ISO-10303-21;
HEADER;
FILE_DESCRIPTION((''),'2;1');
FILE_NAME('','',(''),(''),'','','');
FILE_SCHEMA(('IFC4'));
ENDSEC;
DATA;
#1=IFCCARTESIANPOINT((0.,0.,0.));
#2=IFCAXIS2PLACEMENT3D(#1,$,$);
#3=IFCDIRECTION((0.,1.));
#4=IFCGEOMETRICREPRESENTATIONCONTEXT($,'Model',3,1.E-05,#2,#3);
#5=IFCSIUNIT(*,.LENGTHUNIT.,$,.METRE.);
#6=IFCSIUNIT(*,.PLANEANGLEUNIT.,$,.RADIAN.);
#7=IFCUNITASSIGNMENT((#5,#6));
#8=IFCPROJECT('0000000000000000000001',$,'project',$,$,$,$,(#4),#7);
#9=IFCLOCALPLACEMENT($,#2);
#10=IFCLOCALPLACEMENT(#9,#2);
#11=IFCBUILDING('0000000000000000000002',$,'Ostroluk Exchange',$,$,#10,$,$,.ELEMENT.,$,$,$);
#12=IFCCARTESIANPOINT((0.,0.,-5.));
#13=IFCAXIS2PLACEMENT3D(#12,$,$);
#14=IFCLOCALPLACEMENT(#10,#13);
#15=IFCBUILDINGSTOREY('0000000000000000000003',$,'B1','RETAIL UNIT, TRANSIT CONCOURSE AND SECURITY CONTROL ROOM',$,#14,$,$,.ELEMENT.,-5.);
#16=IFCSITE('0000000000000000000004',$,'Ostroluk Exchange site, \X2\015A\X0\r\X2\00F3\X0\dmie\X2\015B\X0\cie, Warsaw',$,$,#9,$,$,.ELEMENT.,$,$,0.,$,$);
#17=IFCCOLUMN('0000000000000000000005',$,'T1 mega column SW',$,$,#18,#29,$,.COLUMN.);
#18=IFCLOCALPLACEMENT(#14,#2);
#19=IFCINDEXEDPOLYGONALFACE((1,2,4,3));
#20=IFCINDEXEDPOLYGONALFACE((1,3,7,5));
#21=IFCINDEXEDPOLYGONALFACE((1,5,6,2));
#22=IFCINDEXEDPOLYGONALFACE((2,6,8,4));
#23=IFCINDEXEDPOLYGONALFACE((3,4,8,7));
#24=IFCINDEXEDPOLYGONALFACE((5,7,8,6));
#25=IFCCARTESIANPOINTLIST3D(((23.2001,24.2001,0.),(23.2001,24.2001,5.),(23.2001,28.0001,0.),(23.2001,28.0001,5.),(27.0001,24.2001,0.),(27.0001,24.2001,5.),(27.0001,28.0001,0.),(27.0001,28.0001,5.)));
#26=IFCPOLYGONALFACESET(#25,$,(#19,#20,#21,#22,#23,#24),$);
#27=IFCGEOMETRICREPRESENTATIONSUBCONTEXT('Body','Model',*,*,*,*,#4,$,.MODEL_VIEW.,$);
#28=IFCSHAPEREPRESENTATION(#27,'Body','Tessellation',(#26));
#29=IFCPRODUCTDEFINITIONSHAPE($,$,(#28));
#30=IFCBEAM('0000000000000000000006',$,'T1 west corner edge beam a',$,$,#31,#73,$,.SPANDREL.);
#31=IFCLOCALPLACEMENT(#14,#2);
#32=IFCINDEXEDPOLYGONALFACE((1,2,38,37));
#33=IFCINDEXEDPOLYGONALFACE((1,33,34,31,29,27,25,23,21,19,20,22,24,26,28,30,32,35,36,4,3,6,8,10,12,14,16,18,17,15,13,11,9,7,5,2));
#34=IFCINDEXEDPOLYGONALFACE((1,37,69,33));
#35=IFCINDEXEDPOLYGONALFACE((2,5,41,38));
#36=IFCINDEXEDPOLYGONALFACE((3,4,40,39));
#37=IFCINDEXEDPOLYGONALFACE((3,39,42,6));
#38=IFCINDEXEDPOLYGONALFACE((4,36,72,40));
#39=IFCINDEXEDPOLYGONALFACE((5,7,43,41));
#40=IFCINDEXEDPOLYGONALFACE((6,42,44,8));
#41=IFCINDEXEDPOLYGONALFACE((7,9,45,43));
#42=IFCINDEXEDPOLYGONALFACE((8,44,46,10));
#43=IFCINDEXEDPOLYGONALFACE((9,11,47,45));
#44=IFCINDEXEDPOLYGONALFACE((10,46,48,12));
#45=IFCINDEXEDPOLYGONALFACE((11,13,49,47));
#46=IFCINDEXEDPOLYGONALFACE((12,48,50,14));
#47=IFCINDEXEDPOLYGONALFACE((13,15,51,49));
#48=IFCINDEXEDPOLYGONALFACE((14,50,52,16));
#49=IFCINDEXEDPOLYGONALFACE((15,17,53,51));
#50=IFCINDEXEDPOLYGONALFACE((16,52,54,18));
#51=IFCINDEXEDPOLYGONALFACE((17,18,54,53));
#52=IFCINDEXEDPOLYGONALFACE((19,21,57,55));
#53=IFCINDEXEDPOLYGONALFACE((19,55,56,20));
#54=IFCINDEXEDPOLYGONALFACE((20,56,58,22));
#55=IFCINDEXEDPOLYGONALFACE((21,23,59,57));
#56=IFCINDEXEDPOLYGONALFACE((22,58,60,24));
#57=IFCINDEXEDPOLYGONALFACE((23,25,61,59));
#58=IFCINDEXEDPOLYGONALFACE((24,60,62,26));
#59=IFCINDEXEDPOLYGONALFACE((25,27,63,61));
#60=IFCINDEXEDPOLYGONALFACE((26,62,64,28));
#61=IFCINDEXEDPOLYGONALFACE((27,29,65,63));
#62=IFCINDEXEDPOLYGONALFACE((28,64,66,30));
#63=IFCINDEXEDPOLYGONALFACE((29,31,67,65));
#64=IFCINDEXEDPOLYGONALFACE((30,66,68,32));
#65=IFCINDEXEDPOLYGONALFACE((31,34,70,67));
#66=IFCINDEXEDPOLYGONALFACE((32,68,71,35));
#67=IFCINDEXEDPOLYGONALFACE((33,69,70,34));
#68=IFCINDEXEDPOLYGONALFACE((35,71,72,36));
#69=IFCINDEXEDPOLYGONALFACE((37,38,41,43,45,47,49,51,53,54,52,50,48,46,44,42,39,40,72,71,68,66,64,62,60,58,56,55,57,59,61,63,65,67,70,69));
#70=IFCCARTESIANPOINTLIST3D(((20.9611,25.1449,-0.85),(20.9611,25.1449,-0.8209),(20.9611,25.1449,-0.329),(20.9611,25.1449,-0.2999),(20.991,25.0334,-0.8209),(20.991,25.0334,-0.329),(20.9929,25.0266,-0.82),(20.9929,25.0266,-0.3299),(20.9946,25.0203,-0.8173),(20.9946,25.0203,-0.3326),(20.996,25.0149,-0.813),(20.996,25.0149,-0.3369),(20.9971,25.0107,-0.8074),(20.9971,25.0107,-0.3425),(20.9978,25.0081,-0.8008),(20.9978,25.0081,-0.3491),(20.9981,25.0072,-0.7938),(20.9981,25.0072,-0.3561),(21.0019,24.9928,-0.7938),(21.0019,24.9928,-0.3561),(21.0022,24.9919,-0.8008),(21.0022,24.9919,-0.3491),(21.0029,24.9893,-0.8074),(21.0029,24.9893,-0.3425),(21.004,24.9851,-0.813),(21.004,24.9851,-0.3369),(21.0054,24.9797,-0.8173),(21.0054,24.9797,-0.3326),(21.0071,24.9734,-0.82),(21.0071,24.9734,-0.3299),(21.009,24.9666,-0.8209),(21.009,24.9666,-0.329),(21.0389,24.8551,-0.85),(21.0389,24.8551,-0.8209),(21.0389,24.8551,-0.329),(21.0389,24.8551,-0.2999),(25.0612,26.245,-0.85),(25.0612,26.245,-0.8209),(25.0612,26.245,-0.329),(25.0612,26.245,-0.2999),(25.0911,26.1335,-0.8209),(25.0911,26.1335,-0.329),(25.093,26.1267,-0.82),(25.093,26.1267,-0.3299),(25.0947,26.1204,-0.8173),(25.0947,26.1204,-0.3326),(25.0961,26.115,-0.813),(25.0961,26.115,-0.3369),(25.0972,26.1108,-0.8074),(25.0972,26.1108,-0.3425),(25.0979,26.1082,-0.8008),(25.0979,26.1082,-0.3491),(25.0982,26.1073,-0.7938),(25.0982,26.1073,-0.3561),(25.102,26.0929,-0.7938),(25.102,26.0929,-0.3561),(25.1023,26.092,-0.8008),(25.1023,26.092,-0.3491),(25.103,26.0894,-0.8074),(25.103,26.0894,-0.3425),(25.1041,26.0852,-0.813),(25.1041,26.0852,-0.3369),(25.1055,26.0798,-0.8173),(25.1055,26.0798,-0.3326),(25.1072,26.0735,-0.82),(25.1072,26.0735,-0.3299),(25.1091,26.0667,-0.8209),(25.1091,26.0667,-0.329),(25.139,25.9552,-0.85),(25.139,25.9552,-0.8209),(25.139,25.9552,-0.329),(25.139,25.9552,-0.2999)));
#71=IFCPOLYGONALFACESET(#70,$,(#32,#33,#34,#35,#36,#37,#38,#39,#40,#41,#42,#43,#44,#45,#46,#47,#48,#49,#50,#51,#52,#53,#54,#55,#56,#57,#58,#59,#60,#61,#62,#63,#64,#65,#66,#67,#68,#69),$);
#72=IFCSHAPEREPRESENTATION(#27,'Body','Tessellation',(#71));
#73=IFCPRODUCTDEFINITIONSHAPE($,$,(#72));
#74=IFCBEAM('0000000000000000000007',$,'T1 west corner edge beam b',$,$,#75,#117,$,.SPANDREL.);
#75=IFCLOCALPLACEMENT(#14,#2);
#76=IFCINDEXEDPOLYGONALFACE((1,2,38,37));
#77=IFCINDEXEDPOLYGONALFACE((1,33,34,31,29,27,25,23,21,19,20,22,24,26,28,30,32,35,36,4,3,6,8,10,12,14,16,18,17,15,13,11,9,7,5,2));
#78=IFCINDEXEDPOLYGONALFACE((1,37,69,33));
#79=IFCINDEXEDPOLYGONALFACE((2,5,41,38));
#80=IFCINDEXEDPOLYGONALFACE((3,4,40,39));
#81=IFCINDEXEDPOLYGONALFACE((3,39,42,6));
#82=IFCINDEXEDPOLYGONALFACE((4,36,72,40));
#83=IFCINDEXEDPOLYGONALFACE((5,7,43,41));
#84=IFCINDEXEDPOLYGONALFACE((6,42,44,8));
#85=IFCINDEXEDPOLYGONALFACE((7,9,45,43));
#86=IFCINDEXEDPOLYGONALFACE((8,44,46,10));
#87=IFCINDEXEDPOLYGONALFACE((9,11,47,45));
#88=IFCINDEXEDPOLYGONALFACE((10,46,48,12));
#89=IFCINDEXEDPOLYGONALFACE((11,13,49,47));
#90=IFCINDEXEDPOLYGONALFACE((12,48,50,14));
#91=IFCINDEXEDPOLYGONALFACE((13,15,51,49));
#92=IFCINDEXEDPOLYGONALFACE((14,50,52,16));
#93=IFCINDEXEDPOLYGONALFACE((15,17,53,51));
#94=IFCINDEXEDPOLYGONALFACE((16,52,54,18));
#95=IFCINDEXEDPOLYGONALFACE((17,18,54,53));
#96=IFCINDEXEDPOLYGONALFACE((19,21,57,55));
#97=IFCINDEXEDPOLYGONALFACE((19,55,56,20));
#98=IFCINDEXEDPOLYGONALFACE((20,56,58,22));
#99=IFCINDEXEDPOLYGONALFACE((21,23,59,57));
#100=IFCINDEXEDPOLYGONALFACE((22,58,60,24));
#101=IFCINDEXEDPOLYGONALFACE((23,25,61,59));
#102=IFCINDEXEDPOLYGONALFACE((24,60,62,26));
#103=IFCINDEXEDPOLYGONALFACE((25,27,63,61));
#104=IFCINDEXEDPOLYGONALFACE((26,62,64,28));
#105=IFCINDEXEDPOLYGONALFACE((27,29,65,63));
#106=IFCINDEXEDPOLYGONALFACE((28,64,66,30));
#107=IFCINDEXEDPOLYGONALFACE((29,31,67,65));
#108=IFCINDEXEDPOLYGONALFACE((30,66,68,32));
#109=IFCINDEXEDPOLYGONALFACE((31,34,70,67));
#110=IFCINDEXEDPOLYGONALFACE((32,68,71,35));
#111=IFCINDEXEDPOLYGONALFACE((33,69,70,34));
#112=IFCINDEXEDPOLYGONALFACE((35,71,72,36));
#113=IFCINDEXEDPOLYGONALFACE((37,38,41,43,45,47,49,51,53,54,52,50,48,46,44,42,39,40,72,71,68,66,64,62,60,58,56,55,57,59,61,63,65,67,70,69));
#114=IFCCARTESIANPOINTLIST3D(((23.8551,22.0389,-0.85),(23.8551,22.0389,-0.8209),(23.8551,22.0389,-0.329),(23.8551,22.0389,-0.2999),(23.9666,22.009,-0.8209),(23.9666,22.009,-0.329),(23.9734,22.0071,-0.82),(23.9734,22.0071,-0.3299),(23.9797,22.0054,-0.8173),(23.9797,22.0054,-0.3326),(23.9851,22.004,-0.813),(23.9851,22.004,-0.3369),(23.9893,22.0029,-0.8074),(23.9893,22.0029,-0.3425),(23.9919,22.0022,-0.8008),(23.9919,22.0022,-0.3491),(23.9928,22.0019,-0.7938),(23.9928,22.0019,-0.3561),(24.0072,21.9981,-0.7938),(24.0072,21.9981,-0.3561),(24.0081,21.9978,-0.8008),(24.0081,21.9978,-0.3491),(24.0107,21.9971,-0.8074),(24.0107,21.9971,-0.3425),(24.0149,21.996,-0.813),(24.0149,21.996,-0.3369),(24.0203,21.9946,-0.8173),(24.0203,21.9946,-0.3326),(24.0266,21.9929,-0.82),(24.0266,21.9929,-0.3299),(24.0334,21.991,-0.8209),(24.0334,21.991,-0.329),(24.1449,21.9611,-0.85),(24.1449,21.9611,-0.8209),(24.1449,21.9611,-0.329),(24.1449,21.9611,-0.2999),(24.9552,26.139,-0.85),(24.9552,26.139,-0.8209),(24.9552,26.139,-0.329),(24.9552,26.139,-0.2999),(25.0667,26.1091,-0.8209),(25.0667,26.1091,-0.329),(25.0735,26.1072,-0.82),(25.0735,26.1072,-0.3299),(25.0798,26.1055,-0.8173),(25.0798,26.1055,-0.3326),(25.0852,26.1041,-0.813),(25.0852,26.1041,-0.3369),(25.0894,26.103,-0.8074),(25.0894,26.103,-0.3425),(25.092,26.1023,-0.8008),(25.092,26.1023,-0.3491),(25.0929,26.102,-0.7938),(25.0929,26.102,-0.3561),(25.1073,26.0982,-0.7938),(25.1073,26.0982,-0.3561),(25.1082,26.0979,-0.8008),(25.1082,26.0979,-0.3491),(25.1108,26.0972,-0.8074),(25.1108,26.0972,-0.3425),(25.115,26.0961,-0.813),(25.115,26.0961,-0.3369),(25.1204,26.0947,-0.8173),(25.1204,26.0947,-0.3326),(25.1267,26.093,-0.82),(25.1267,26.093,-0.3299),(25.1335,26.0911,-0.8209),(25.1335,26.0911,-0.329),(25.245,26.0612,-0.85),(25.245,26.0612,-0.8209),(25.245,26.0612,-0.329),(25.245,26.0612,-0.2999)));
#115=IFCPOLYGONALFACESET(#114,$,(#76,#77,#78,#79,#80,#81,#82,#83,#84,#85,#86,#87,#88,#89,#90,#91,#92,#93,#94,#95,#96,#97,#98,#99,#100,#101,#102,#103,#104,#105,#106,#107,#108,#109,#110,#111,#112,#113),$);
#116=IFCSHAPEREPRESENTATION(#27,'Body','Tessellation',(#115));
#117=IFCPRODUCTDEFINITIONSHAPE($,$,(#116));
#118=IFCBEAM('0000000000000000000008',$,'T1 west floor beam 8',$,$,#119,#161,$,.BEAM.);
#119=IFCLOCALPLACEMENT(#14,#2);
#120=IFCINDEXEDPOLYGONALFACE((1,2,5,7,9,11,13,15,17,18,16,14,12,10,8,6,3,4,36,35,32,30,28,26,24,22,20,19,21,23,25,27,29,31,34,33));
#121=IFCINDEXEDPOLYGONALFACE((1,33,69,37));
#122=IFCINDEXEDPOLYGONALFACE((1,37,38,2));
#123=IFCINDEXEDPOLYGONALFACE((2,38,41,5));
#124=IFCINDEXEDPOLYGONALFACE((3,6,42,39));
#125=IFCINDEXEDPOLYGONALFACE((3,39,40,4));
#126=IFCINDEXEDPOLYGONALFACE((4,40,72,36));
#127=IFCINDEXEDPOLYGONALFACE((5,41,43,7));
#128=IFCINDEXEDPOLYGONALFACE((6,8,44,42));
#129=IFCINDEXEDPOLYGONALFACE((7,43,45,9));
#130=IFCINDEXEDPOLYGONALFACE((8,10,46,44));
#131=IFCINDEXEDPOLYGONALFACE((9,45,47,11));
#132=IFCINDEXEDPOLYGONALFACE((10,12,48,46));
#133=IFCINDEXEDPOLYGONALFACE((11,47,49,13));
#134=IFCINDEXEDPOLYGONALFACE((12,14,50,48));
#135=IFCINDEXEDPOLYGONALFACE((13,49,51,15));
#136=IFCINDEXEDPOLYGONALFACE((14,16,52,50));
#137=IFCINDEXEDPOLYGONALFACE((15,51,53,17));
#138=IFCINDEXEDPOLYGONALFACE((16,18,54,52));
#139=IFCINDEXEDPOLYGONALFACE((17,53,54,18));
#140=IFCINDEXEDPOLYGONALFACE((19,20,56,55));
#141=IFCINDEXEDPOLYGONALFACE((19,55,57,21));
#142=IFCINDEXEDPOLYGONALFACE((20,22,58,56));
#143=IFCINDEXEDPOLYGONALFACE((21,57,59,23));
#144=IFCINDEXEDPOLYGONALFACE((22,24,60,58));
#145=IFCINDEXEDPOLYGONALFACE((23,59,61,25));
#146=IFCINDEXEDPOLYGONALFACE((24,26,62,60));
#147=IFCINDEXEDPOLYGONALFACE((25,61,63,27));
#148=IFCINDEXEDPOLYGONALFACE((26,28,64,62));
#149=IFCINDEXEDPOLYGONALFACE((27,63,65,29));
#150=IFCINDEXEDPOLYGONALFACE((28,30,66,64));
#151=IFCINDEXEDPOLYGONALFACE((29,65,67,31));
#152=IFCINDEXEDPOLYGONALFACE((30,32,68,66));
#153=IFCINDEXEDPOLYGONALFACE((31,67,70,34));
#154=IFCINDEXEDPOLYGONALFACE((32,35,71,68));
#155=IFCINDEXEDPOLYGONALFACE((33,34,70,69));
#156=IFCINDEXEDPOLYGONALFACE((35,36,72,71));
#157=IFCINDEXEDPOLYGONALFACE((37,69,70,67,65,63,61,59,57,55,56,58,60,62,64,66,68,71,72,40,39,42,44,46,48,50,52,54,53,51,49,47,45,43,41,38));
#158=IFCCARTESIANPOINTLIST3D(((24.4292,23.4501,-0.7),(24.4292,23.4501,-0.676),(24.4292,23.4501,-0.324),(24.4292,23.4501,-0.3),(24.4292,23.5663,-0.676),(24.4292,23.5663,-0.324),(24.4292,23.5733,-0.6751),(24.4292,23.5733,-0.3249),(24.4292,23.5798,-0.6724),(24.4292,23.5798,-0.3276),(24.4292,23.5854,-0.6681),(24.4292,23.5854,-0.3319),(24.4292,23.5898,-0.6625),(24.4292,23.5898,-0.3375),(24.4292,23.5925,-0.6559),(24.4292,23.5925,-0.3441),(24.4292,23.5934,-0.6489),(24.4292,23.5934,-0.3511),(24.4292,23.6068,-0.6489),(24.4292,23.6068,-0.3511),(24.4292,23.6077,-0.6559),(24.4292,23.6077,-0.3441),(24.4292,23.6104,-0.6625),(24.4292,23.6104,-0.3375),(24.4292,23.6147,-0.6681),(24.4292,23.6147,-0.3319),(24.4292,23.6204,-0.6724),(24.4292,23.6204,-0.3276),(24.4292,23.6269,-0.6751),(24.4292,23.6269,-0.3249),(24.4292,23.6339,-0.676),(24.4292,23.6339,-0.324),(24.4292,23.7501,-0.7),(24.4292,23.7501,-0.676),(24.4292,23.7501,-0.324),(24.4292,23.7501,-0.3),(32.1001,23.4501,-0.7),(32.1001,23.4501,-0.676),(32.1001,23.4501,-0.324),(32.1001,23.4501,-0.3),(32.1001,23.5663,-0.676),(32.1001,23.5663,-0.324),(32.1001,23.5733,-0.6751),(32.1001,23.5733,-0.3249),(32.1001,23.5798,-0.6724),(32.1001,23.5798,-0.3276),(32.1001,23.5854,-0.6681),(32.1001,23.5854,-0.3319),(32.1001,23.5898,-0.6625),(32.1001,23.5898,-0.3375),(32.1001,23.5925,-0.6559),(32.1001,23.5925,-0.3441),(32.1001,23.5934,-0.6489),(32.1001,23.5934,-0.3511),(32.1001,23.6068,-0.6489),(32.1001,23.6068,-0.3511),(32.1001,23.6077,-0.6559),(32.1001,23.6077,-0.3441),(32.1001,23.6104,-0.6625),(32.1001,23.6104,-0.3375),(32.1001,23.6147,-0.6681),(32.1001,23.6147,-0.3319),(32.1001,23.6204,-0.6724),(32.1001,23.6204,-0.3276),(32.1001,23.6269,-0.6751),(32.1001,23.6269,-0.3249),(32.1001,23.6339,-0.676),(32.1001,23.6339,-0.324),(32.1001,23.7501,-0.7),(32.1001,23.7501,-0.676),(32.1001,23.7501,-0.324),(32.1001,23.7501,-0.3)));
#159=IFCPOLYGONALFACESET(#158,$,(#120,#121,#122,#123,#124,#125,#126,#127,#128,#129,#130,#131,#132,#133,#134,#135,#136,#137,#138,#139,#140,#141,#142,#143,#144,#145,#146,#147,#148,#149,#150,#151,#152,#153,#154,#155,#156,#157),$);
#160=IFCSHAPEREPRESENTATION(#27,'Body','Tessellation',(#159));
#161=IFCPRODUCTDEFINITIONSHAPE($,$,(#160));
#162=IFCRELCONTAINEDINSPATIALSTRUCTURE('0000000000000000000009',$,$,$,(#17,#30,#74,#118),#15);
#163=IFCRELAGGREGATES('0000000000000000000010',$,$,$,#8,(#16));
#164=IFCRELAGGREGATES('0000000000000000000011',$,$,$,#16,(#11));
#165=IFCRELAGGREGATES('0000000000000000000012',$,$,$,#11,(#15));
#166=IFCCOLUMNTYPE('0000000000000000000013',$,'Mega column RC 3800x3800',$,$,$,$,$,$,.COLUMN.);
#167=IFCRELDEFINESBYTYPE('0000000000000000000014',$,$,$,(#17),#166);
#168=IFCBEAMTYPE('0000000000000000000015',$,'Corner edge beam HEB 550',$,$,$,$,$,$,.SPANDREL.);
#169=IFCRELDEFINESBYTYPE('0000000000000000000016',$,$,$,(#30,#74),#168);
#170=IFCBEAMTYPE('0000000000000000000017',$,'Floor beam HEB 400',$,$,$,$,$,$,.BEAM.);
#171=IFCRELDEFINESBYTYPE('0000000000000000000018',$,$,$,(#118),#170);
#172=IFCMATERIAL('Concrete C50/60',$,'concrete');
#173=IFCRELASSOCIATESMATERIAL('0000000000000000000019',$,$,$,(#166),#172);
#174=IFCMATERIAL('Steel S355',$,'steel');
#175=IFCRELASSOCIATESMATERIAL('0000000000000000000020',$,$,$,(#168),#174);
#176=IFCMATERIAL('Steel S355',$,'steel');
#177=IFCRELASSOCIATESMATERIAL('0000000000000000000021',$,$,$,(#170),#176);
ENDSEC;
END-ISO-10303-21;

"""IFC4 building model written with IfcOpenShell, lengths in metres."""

from ifc_helpers import new_model, si_unit, direction, frame, origin, origin_2d, place, context, subcontext, project, spatial, rectangle, i_section, extrude, material, material_profile, profile_set, type_object, element, save


model = new_model("IFC4")

# Units and contexts
model_context = context("Model", 3, precision=1e-05, world=origin(), true_north=direction((0.0, 1.0)))
body_context = subcontext(model_context, "Body", "Model", "MODEL_VIEW")
ifc_project = project(units=[si_unit("LENGTHUNIT", "METRE"), si_unit("PLANEANGLEUNIT", "RADIAN")], contexts=[model_context])

# Site, building, storey
site_placement = place(None, origin())
site = spatial("IfcSite", under=ifc_project, at=site_placement, Name="Ostroluk Exchange site, Śródmieście, Warsaw", CompositionType="ELEMENT", RefElevation=0.0)
building_placement = place(site_placement, origin())
building = spatial("IfcBuilding", under=site, at=building_placement, Name="Ostroluk Exchange", CompositionType="ELEMENT")
storey_placement = place(building_placement, frame((0.0, 0.0, -5.0)))
storey = spatial("IfcBuildingStorey", under=building, at=storey_placement, Name="B1", Description="RETAIL UNIT, TRANSIT CONCOURSE AND SECURITY CONTROL ROOM", CompositionType="ELEMENT", Elevation=-5.0)

# Column
ifc_material_1 = material(Name="Concrete C50/60", Category="concrete")
ifc_material_profile_1 = material_profile(ifc_material_1, rectangle(XDim=3.8, YDim=3.8, at=origin_2d()), Name="RC 3800x3800")
ifc_profile_set_1 = profile_set([ifc_material_profile_1], Name="Concrete C50/60")
column_type = type_object("IfcColumnType", Name="Mega column RC 3800x3800", PredefinedType="COLUMN", material=ifc_profile_set_1)
column_placement = place(storey_placement, frame((25.1001, 26.1001, 0.0), z_axis=(0.0, 0.0, 1.0), x_axis=(1.0, 0.0, 0.0)))
element("IfcColumn", 1, at=column_placement, inside=storey, type_object=column_type, Name="T1 mega column SW", PredefinedType="COLUMN", context=body_context, shape_type="SweptSolid", body=[
    extrude(rectangle(XDim=3.8, YDim=3.8, at=origin_2d()), origin(), (0.0, 0.0, 1.0), 5.0),
])

# Beams
ifc_material_2 = material(Name="Steel S355", Category="steel")
ifc_material_profile_2 = material_profile(ifc_material_2, i_section(OverallWidth=0.3, OverallDepth=0.55, WebThickness=0.0149, FlangeThickness=0.0291, FilletRadius=0.0271, at=origin_2d()), Name="HEB 550")
ifc_profile_set_2 = profile_set([ifc_material_profile_2], Name="Steel S355")
beam_type_1 = type_object("IfcBeamType", Name="Corner edge beam HEB 550", PredefinedType="SPANDREL", material=ifc_profile_set_2)
for number, where, z_axis, x_axis, name in (
    (2, (25.1001, 26.1001, -0.575), (-0.965839, -0.259144, 0.0), (0.259144, -0.965839, 0.0), "T1 west corner edge beam a"),
    (3, (25.1001, 26.1001, -0.575), (-0.259144, -0.965839, 0.0), (0.965839, -0.259144, 0.0), "T1 west corner edge beam b"),
):
    element("IfcBeam", number, at=place(storey_placement, frame(where, z_axis=z_axis, x_axis=x_axis)), inside=storey, type_object=beam_type_1, Name=name, PredefinedType="SPANDREL", context=body_context, shape_type="SweptSolid", body=[
        extrude(i_section(OverallWidth=0.3, OverallDepth=0.55, WebThickness=0.0149, FlangeThickness=0.0291, FilletRadius=0.0271, at=origin_2d()), origin(), (0.0, 0.0, 1.0), 4.2451),
    ])
ifc_material_3 = material(Name="Steel S355", Category="steel")
ifc_material_profile_3 = material_profile(ifc_material_3, i_section(OverallWidth=0.3, OverallDepth=0.3999, WebThickness=0.0134, FlangeThickness=0.0239, FilletRadius=0.0271, at=origin_2d()), Name="HEB 400")
ifc_profile_set_3 = profile_set([ifc_material_profile_3], Name="Steel S355")
beam_type_2 = type_object("IfcBeamType", Name="Floor beam HEB 400", PredefinedType="BEAM", material=ifc_profile_set_3)
beam_1_placement = place(storey_placement, frame((32.1001, 23.6001, -0.5), z_axis=(-1.0, 0.0, 0.0), x_axis=(0.0, -1.0, 0.0)))
element("IfcBeam", 4, at=beam_1_placement, inside=storey, type_object=beam_type_2, Name="T1 west floor beam 8", PredefinedType="BEAM", context=body_context, shape_type="SweptSolid", body=[
    extrude(i_section(OverallWidth=0.3, OverallDepth=0.3999, WebThickness=0.0134, FlangeThickness=0.0239, FilletRadius=0.0271, at=origin_2d()), origin(), (0.0, 0.0, 1.0), 7.6709),
])

save(model, "model.ifc")
